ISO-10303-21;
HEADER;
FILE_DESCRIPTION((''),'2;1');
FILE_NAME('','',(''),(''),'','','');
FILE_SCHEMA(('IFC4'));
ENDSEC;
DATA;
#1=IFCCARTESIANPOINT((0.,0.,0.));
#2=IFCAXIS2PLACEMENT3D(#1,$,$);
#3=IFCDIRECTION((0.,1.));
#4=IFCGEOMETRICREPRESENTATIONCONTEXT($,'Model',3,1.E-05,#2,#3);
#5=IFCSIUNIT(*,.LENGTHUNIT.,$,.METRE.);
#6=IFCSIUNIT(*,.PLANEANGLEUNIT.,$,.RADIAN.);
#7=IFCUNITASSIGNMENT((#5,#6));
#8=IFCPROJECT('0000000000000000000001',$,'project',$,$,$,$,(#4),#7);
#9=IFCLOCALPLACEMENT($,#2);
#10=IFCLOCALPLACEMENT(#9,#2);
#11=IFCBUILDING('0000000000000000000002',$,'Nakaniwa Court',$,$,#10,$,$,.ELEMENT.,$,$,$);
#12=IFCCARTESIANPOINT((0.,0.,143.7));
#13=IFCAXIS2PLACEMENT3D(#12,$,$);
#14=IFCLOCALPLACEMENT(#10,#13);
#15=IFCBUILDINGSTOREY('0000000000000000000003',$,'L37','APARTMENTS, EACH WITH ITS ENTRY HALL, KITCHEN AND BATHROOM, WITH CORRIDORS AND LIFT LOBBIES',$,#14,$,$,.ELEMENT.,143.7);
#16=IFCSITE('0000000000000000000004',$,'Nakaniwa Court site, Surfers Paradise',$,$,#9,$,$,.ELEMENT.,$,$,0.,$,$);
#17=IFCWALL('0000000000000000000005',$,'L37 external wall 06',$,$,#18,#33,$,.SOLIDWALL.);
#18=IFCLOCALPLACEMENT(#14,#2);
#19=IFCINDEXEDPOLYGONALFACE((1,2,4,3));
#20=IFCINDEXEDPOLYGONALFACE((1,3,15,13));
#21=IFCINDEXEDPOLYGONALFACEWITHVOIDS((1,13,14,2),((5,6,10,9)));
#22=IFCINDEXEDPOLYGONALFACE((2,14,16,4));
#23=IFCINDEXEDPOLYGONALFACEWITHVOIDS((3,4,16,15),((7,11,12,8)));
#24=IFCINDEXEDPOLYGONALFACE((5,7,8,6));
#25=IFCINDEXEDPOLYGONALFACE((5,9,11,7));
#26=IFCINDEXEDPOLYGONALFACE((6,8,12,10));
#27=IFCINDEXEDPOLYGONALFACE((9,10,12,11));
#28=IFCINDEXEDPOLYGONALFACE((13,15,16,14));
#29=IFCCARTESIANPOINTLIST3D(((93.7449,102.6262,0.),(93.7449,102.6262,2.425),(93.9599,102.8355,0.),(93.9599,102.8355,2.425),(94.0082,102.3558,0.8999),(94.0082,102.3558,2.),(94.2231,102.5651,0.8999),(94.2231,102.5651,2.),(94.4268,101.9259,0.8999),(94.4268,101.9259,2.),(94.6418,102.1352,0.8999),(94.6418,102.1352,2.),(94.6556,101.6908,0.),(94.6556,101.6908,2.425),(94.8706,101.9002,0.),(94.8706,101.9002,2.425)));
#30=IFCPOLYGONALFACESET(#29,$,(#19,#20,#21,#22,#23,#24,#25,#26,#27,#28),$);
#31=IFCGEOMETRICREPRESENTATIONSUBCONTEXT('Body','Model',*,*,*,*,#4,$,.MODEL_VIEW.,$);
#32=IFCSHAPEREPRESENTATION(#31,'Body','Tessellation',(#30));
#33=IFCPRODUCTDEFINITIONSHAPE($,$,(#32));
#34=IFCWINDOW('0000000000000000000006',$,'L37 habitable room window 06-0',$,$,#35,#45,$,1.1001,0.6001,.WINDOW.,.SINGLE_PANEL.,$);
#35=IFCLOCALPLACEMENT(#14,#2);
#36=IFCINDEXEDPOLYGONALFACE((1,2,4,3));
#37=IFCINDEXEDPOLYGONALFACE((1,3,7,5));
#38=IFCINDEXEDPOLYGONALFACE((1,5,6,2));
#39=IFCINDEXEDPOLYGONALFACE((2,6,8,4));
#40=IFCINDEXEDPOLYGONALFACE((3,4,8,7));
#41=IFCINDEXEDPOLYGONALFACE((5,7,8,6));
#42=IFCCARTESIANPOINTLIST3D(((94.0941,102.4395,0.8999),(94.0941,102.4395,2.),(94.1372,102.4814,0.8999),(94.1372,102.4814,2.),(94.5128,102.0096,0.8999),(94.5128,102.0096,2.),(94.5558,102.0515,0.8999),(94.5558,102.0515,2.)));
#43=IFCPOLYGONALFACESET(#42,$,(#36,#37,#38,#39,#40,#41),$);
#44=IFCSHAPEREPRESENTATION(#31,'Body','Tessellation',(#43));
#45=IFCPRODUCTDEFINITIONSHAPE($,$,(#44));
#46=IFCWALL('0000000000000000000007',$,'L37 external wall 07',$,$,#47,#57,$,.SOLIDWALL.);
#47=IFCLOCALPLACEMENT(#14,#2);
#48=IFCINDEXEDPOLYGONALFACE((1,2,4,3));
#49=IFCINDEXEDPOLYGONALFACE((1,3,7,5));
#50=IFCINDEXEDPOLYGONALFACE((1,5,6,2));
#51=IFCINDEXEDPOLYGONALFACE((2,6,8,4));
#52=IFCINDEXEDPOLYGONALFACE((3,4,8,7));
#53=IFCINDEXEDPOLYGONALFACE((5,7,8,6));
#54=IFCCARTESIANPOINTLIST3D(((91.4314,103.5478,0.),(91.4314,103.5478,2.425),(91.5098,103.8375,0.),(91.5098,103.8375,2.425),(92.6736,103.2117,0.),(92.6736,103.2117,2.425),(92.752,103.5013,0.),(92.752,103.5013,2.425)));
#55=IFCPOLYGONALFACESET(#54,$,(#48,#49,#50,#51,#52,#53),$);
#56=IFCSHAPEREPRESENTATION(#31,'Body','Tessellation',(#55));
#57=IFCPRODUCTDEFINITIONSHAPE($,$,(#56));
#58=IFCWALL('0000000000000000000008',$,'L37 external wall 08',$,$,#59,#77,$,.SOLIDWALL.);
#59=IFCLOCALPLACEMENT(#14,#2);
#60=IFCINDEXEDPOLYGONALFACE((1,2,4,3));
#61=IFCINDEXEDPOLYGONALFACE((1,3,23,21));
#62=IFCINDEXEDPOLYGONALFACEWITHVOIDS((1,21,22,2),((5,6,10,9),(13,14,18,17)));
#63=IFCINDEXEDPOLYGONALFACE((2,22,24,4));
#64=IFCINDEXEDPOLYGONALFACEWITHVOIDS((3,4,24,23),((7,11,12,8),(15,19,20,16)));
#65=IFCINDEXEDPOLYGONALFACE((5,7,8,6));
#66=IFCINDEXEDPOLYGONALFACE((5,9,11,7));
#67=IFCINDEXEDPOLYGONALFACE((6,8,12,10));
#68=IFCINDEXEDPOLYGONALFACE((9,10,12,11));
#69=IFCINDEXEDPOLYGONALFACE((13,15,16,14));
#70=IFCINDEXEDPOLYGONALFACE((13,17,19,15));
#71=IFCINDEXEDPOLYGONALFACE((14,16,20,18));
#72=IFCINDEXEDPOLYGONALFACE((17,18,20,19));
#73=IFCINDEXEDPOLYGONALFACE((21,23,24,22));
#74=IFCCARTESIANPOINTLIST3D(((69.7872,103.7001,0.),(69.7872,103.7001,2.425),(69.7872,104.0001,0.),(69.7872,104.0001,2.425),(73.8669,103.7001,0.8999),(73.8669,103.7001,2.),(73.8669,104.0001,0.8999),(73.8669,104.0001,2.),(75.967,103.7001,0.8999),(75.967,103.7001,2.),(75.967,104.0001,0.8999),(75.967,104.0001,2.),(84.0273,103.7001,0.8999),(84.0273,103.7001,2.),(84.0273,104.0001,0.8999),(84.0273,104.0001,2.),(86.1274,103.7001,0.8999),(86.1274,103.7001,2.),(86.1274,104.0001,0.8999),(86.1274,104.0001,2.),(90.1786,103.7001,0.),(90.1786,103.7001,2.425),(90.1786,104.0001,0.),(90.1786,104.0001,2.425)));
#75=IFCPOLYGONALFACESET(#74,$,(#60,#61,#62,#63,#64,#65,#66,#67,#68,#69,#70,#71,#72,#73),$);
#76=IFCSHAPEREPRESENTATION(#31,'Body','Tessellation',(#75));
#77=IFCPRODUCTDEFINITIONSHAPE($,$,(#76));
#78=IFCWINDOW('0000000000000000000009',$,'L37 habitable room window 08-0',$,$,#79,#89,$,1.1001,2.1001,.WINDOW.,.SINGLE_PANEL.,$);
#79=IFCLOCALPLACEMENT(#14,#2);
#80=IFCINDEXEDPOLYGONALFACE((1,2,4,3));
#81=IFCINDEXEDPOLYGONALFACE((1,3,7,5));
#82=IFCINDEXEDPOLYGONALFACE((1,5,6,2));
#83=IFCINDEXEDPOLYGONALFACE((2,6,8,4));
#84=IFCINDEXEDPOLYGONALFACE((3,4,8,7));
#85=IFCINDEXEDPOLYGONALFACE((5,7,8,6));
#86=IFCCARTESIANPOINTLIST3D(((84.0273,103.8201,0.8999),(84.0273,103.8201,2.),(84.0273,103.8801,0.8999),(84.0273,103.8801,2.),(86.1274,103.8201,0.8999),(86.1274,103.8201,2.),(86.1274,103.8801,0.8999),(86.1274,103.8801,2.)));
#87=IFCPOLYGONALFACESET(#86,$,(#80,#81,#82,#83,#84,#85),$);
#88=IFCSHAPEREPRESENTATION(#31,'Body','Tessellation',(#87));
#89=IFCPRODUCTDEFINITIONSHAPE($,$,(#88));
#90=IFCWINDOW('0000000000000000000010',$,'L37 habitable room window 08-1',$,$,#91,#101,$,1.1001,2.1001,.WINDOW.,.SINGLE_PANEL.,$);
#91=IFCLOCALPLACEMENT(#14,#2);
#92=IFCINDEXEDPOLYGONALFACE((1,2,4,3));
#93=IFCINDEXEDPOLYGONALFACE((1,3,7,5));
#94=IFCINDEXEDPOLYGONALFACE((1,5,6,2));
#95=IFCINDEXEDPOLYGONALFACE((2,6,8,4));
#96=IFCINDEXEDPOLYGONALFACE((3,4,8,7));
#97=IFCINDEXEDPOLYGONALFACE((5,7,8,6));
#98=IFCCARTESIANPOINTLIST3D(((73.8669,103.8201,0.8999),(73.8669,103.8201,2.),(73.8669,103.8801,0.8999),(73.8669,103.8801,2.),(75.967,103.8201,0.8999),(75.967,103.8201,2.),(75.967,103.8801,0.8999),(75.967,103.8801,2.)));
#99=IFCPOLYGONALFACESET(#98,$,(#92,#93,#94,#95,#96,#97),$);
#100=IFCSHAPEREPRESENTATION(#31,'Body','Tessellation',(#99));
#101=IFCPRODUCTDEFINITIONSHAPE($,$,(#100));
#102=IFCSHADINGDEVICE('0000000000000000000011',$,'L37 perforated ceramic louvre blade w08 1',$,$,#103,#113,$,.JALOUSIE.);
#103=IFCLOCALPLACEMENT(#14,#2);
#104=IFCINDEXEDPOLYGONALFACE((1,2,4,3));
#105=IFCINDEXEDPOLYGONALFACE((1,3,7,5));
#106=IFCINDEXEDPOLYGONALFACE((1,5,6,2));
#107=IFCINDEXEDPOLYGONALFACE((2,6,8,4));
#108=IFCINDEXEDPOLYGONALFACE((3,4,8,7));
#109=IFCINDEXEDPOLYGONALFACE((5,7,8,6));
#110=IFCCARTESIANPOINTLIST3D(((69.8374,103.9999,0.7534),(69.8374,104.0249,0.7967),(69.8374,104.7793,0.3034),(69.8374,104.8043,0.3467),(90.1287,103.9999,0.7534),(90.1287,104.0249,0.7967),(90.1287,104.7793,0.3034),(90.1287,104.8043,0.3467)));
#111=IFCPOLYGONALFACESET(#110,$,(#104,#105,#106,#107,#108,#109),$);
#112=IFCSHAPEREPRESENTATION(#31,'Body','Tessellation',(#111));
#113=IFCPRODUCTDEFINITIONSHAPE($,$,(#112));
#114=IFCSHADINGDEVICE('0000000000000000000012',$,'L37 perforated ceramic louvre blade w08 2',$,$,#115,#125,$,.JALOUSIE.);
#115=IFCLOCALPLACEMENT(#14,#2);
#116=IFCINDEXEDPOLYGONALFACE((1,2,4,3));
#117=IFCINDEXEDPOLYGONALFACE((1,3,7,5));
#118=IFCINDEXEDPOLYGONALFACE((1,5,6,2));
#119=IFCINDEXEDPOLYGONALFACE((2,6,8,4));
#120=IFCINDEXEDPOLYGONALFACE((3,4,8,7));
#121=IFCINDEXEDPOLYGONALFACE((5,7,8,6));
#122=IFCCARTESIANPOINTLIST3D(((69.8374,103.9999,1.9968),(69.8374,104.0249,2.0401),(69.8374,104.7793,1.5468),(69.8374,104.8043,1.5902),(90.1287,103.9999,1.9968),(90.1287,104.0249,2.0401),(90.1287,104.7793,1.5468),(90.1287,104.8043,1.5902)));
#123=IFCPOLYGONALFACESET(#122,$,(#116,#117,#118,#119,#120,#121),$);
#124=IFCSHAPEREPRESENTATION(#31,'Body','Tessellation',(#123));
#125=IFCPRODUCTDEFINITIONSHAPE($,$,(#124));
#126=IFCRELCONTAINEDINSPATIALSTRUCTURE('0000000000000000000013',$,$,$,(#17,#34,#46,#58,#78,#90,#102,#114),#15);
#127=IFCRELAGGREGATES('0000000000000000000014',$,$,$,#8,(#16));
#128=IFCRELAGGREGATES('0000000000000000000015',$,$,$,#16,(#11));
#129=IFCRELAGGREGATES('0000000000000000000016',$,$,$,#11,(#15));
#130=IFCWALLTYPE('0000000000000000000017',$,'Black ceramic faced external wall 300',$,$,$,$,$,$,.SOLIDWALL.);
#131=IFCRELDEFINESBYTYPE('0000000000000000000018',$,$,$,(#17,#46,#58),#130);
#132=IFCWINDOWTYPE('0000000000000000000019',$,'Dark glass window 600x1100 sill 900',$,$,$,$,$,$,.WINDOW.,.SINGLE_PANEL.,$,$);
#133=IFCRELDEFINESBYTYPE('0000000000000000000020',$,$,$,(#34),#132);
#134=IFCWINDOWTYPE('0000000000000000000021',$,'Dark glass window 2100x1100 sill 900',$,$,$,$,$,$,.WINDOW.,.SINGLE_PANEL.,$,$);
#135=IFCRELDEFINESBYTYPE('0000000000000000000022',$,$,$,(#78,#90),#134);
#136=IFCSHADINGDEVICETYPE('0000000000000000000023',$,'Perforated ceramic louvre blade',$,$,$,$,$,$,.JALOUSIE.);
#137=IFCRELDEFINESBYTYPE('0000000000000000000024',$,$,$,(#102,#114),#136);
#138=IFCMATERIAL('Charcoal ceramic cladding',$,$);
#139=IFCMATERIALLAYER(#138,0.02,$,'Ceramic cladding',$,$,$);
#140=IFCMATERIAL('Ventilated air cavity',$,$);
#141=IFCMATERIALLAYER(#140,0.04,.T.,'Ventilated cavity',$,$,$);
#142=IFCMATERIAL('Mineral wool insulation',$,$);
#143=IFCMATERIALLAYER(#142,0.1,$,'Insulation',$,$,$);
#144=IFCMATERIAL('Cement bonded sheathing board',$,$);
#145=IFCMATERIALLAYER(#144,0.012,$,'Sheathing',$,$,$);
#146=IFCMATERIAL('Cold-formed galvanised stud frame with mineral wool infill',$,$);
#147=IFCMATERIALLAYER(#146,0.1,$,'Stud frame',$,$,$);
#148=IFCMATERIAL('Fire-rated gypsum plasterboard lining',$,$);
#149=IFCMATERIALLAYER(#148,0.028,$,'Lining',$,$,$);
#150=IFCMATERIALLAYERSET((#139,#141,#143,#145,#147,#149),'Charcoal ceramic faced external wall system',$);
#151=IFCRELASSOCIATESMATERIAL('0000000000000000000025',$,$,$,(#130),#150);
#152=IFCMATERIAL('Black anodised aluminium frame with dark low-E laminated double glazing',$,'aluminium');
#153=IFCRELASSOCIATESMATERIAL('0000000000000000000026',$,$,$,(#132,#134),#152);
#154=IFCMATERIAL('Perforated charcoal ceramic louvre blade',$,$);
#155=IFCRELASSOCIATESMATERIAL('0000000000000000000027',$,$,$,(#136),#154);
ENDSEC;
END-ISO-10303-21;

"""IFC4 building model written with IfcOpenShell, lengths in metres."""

from ifc_helpers import new_model, si_unit, direction, frame, frame_2d, origin, origin_2d, place, context, subcontext, project, spatial, rectangle, extrude, material, layer, layer_set, material_profile, profile_set, type_object, element, fill, save


model = new_model("IFC4")

# Units and contexts
model_context = context("Model", 3, precision=1e-05, world=origin(), true_north=direction((0.0, 1.0)))
body_context = subcontext(model_context, "Body", "Model", "MODEL_VIEW")
ifc_project = project(units=[si_unit("LENGTHUNIT", "METRE"), si_unit("PLANEANGLEUNIT", "RADIAN")], contexts=[model_context])

# Site, building, storey
site_placement = place(None, origin())
site = spatial("IfcSite", under=ifc_project, at=site_placement, Name="Nakaniwa Court site, Surfers Paradise", CompositionType="ELEMENT", RefElevation=0.0)
building_placement = place(site_placement, origin())
building = spatial("IfcBuilding", under=site, at=building_placement, Name="Nakaniwa Court", CompositionType="ELEMENT")
storey_placement = place(building_placement, frame((0.0, 0.0, 143.7)))
storey = spatial("IfcBuildingStorey", under=building, at=storey_placement, Name="L37", Description="APARTMENTS, EACH WITH ITS ENTRY HALL, KITCHEN AND BATHROOM, WITH CORRIDORS AND LIFT LOBBIES", CompositionType="ELEMENT", Elevation=143.7)

# Wall, opening, window
ifc_material_1 = material(Name="Charcoal ceramic cladding")
ifc_layer_1 = layer(ifc_material_1, 0.02, Name="Ceramic cladding")
ifc_material_2 = material(Name="Ventilated air cavity")
ifc_layer_2 = layer(ifc_material_2, 0.04, ventilated=True, Name="Ventilated cavity")
ifc_material_3 = material(Name="Mineral wool insulation")
ifc_layer_3 = layer(ifc_material_3, 0.1, Name="Insulation")
ifc_material_4 = material(Name="Cement bonded sheathing board")
ifc_layer_4 = layer(ifc_material_4, 0.012, Name="Sheathing")
ifc_material_5 = material(Name="Cold-formed galvanised stud frame with mineral wool infill")
ifc_layer_5 = layer(ifc_material_5, 0.1, Name="Stud frame")
ifc_material_6 = material(Name="Fire-rated gypsum plasterboard lining")
ifc_layer_6 = layer(ifc_material_6, 0.028, Name="Lining")
ifc_layer_set_1 = layer_set([ifc_layer_1, ifc_layer_2, ifc_layer_3, ifc_layer_4, ifc_layer_5, ifc_layer_6], Name="Charcoal ceramic faced external wall system")
wall_type_1 = type_object("IfcWallType", Name="Black ceramic faced external wall 300", PredefinedType="SOLIDWALL", material=ifc_layer_set_1)
wall_1_placement = place(storey_placement, frame((94.7632, 101.7954, 0.0), z_axis=(0.0, 0.0, 1.0), x_axis=(-0.697599, 0.716488, 0.0)))
wall_1 = element("IfcWall", 1, at=wall_1_placement, inside=storey, type_object=wall_type_1, Name="L37 external wall 06", PredefinedType="SOLIDWALL", context=body_context, shape_type="SweptSolid", body=[
    extrude(rectangle(XDim=1.3054, YDim=0.3, at=frame_2d((0.6528, 0.0))), origin(), (0.0, 0.0, 1.0), 2.425),
])
opening_1_placement = place(wall_1_placement, frame((0.3281, 0.0, 0.8999)))
opening_1 = element("IfcOpeningElement", 2, at=opening_1_placement, cuts=wall_1, PredefinedType="OPENING", context=body_context, shape_type="SweptSolid", body=[
    extrude(rectangle(XDim=0.6001, YDim=1.1001, at=frame_2d((0.3, 0.55))), frame((0.0, 0.1599, 0.0), z_axis=(0.0, -1.0, 0.0), x_axis=(1.0, 0.0, 0.0)), (0.0, 0.0, 1.0), 0.3201),
])
ifc_material_7 = material(Name="Black anodised aluminium frame with dark low-E laminated double glazing", Category="aluminium")
window_type_1 = type_object("IfcWindowType", Name="Dark glass window 600x1100 sill 900", PartitioningType="SINGLE_PANEL", PredefinedType="WINDOW", material=ifc_material_7)
window_1_placement = place(opening_1_placement, origin())
window_1 = element("IfcWindow", 3, at=window_1_placement, inside=storey, type_object=window_type_1, Name="L37 habitable room window 06-0", OverallHeight=1.1001, OverallWidth=0.6001, PartitioningType="SINGLE_PANEL", PredefinedType="WINDOW", context=body_context, shape_type="SweptSolid", body=[
    extrude(rectangle(XDim=0.6001, YDim=1.1001, at=frame_2d((0.3, 0.55))), frame((0.0, 0.03, 0.0), z_axis=(0.0, -1.0, 0.0), x_axis=(1.0, 0.0, 0.0)), (0.0, 0.0, 1.0), 0.0601),
])
fill(opening_1, window_1)

# Wall
wall_2_placement = place(storey_placement, frame((92.7129, 103.3564, 0.0), z_axis=(0.0, 0.0, 1.0), x_axis=(-0.965274, 0.261239, 0.0)))
element("IfcWall", 4, at=wall_2_placement, inside=storey, type_object=wall_type_1, Name="L37 external wall 07", PredefinedType="SOLIDWALL", context=body_context, shape_type="SweptSolid", body=[
    extrude(rectangle(XDim=1.2869, YDim=0.3, at=frame_2d((0.6436, 0.0))), origin(), (0.0, 0.0, 1.0), 2.425),
])

# Wall, openings, windows
wall_3_placement = place(storey_placement, frame((90.1787, 103.8501, 0.0), z_axis=(0.0, 0.0, 1.0), x_axis=(-1.0, 0.0, 0.0)))
wall_3 = element("IfcWall", 5, at=wall_3_placement, inside=storey, type_object=wall_type_1, Name="L37 external wall 08", PredefinedType="SOLIDWALL", context=body_context, shape_type="SweptSolid", body=[
    extrude(rectangle(XDim=20.3914, YDim=0.3, at=frame_2d((10.1958, 0.0))), origin(), (0.0, 0.0, 1.0), 2.425),
])
opening_2_placement = place(wall_3_placement, frame((4.0513, 0.0, 0.8999)))
opening_2 = element("IfcOpeningElement", 6, at=opening_2_placement, cuts=wall_3, PredefinedType="OPENING", context=body_context, shape_type="SweptSolid", body=[
    extrude(rectangle(XDim=2.1001, YDim=1.1001, at=frame_2d((1.05, 0.55))), frame((0.0, 0.1599, 0.0), z_axis=(0.0, -1.0, 0.0), x_axis=(1.0, 0.0, 0.0)), (0.0, 0.0, 1.0), 0.3201),
])
opening_3_placement = place(wall_3_placement, frame((14.2117, 0.0, 0.8999)))
opening_3 = element("IfcOpeningElement", 7, at=opening_3_placement, cuts=wall_3, PredefinedType="OPENING", context=body_context, shape_type="SweptSolid", body=[
    extrude(rectangle(XDim=2.1001, YDim=1.1001, at=frame_2d((1.05, 0.55))), frame((0.0, 0.1599, 0.0), z_axis=(0.0, -1.0, 0.0), x_axis=(1.0, 0.0, 0.0)), (0.0, 0.0, 1.0), 0.3201),
])
window_type_2 = type_object("IfcWindowType", Name="Dark glass window 2100x1100 sill 900", PartitioningType="SINGLE_PANEL", PredefinedType="WINDOW", material=ifc_material_7)
window_2_placement = place(opening_2_placement, origin())
window_2 = element("IfcWindow", 8, at=window_2_placement, inside=storey, type_object=window_type_2, Name="L37 habitable room window 08-0", OverallHeight=1.1001, OverallWidth=2.1001, PartitioningType="SINGLE_PANEL", PredefinedType="WINDOW", context=body_context, shape_type="SweptSolid", body=[
    extrude(rectangle(XDim=2.1001, YDim=1.1001, at=frame_2d((1.05, 0.55))), frame((0.0, 0.03, 0.0), z_axis=(0.0, -1.0, 0.0), x_axis=(1.0, 0.0, 0.0)), (0.0, 0.0, 1.0), 0.0601),
])
fill(opening_2, window_2)
window_3_placement = place(opening_3_placement, origin())
window_3 = element("IfcWindow", 9, at=window_3_placement, inside=storey, type_object=window_type_2, Name="L37 habitable room window 08-1", OverallHeight=1.1001, OverallWidth=2.1001, PartitioningType="SINGLE_PANEL", PredefinedType="WINDOW", context=body_context, shape_type="SweptSolid", body=[
    extrude(rectangle(XDim=2.1001, YDim=1.1001, at=frame_2d((1.05, 0.55))), frame((0.0, 0.03, 0.0), z_axis=(0.0, -1.0, 0.0), x_axis=(1.0, 0.0, 0.0)), (0.0, 0.0, 1.0), 0.0601),
])
fill(opening_3, window_3)

# Shading devices
ifc_material_8 = material(Name="Perforated charcoal ceramic louvre blade")
ifc_material_profile_1 = material_profile(ifc_material_8, rectangle(XDim=0.8999, YDim=0.05, at=origin_2d()), Name="Perforated ceramic louvre blade")
ifc_profile_set_1 = profile_set([ifc_material_profile_1], Name="Perforated charcoal ceramic louvre blade")
shading_device_type = type_object("IfcShadingDeviceType", Name="Perforated ceramic louvre blade", PredefinedType="JALOUSIE", material=ifc_profile_set_1)
for number, where, z_axis, x_axis, name in (
    (10, (90.1287, 104.4021, 0.55), (-1.0, 0.0, 0.0), (0.0, -0.866025, 0.5), "L37 perforated ceramic louvre blade w08 1"),
    (11, (90.1287, 104.4021, 1.7935), (-1.0, 0.0, 0.0), (0.0, -0.866025, 0.5), "L37 perforated ceramic louvre blade w08 2"),
):
    element("IfcShadingDevice", number, at=place(storey_placement, frame(where, z_axis=z_axis, x_axis=x_axis)), inside=storey, type_object=shading_device_type, Name=name, PredefinedType="JALOUSIE", context=body_context, shape_type="SweptSolid", body=[
        extrude(rectangle(XDim=0.8999, YDim=0.05, at=origin_2d()), origin(), (0.0, 0.0, 1.0), 20.2913),
    ])

save(model, "model.ifc")
